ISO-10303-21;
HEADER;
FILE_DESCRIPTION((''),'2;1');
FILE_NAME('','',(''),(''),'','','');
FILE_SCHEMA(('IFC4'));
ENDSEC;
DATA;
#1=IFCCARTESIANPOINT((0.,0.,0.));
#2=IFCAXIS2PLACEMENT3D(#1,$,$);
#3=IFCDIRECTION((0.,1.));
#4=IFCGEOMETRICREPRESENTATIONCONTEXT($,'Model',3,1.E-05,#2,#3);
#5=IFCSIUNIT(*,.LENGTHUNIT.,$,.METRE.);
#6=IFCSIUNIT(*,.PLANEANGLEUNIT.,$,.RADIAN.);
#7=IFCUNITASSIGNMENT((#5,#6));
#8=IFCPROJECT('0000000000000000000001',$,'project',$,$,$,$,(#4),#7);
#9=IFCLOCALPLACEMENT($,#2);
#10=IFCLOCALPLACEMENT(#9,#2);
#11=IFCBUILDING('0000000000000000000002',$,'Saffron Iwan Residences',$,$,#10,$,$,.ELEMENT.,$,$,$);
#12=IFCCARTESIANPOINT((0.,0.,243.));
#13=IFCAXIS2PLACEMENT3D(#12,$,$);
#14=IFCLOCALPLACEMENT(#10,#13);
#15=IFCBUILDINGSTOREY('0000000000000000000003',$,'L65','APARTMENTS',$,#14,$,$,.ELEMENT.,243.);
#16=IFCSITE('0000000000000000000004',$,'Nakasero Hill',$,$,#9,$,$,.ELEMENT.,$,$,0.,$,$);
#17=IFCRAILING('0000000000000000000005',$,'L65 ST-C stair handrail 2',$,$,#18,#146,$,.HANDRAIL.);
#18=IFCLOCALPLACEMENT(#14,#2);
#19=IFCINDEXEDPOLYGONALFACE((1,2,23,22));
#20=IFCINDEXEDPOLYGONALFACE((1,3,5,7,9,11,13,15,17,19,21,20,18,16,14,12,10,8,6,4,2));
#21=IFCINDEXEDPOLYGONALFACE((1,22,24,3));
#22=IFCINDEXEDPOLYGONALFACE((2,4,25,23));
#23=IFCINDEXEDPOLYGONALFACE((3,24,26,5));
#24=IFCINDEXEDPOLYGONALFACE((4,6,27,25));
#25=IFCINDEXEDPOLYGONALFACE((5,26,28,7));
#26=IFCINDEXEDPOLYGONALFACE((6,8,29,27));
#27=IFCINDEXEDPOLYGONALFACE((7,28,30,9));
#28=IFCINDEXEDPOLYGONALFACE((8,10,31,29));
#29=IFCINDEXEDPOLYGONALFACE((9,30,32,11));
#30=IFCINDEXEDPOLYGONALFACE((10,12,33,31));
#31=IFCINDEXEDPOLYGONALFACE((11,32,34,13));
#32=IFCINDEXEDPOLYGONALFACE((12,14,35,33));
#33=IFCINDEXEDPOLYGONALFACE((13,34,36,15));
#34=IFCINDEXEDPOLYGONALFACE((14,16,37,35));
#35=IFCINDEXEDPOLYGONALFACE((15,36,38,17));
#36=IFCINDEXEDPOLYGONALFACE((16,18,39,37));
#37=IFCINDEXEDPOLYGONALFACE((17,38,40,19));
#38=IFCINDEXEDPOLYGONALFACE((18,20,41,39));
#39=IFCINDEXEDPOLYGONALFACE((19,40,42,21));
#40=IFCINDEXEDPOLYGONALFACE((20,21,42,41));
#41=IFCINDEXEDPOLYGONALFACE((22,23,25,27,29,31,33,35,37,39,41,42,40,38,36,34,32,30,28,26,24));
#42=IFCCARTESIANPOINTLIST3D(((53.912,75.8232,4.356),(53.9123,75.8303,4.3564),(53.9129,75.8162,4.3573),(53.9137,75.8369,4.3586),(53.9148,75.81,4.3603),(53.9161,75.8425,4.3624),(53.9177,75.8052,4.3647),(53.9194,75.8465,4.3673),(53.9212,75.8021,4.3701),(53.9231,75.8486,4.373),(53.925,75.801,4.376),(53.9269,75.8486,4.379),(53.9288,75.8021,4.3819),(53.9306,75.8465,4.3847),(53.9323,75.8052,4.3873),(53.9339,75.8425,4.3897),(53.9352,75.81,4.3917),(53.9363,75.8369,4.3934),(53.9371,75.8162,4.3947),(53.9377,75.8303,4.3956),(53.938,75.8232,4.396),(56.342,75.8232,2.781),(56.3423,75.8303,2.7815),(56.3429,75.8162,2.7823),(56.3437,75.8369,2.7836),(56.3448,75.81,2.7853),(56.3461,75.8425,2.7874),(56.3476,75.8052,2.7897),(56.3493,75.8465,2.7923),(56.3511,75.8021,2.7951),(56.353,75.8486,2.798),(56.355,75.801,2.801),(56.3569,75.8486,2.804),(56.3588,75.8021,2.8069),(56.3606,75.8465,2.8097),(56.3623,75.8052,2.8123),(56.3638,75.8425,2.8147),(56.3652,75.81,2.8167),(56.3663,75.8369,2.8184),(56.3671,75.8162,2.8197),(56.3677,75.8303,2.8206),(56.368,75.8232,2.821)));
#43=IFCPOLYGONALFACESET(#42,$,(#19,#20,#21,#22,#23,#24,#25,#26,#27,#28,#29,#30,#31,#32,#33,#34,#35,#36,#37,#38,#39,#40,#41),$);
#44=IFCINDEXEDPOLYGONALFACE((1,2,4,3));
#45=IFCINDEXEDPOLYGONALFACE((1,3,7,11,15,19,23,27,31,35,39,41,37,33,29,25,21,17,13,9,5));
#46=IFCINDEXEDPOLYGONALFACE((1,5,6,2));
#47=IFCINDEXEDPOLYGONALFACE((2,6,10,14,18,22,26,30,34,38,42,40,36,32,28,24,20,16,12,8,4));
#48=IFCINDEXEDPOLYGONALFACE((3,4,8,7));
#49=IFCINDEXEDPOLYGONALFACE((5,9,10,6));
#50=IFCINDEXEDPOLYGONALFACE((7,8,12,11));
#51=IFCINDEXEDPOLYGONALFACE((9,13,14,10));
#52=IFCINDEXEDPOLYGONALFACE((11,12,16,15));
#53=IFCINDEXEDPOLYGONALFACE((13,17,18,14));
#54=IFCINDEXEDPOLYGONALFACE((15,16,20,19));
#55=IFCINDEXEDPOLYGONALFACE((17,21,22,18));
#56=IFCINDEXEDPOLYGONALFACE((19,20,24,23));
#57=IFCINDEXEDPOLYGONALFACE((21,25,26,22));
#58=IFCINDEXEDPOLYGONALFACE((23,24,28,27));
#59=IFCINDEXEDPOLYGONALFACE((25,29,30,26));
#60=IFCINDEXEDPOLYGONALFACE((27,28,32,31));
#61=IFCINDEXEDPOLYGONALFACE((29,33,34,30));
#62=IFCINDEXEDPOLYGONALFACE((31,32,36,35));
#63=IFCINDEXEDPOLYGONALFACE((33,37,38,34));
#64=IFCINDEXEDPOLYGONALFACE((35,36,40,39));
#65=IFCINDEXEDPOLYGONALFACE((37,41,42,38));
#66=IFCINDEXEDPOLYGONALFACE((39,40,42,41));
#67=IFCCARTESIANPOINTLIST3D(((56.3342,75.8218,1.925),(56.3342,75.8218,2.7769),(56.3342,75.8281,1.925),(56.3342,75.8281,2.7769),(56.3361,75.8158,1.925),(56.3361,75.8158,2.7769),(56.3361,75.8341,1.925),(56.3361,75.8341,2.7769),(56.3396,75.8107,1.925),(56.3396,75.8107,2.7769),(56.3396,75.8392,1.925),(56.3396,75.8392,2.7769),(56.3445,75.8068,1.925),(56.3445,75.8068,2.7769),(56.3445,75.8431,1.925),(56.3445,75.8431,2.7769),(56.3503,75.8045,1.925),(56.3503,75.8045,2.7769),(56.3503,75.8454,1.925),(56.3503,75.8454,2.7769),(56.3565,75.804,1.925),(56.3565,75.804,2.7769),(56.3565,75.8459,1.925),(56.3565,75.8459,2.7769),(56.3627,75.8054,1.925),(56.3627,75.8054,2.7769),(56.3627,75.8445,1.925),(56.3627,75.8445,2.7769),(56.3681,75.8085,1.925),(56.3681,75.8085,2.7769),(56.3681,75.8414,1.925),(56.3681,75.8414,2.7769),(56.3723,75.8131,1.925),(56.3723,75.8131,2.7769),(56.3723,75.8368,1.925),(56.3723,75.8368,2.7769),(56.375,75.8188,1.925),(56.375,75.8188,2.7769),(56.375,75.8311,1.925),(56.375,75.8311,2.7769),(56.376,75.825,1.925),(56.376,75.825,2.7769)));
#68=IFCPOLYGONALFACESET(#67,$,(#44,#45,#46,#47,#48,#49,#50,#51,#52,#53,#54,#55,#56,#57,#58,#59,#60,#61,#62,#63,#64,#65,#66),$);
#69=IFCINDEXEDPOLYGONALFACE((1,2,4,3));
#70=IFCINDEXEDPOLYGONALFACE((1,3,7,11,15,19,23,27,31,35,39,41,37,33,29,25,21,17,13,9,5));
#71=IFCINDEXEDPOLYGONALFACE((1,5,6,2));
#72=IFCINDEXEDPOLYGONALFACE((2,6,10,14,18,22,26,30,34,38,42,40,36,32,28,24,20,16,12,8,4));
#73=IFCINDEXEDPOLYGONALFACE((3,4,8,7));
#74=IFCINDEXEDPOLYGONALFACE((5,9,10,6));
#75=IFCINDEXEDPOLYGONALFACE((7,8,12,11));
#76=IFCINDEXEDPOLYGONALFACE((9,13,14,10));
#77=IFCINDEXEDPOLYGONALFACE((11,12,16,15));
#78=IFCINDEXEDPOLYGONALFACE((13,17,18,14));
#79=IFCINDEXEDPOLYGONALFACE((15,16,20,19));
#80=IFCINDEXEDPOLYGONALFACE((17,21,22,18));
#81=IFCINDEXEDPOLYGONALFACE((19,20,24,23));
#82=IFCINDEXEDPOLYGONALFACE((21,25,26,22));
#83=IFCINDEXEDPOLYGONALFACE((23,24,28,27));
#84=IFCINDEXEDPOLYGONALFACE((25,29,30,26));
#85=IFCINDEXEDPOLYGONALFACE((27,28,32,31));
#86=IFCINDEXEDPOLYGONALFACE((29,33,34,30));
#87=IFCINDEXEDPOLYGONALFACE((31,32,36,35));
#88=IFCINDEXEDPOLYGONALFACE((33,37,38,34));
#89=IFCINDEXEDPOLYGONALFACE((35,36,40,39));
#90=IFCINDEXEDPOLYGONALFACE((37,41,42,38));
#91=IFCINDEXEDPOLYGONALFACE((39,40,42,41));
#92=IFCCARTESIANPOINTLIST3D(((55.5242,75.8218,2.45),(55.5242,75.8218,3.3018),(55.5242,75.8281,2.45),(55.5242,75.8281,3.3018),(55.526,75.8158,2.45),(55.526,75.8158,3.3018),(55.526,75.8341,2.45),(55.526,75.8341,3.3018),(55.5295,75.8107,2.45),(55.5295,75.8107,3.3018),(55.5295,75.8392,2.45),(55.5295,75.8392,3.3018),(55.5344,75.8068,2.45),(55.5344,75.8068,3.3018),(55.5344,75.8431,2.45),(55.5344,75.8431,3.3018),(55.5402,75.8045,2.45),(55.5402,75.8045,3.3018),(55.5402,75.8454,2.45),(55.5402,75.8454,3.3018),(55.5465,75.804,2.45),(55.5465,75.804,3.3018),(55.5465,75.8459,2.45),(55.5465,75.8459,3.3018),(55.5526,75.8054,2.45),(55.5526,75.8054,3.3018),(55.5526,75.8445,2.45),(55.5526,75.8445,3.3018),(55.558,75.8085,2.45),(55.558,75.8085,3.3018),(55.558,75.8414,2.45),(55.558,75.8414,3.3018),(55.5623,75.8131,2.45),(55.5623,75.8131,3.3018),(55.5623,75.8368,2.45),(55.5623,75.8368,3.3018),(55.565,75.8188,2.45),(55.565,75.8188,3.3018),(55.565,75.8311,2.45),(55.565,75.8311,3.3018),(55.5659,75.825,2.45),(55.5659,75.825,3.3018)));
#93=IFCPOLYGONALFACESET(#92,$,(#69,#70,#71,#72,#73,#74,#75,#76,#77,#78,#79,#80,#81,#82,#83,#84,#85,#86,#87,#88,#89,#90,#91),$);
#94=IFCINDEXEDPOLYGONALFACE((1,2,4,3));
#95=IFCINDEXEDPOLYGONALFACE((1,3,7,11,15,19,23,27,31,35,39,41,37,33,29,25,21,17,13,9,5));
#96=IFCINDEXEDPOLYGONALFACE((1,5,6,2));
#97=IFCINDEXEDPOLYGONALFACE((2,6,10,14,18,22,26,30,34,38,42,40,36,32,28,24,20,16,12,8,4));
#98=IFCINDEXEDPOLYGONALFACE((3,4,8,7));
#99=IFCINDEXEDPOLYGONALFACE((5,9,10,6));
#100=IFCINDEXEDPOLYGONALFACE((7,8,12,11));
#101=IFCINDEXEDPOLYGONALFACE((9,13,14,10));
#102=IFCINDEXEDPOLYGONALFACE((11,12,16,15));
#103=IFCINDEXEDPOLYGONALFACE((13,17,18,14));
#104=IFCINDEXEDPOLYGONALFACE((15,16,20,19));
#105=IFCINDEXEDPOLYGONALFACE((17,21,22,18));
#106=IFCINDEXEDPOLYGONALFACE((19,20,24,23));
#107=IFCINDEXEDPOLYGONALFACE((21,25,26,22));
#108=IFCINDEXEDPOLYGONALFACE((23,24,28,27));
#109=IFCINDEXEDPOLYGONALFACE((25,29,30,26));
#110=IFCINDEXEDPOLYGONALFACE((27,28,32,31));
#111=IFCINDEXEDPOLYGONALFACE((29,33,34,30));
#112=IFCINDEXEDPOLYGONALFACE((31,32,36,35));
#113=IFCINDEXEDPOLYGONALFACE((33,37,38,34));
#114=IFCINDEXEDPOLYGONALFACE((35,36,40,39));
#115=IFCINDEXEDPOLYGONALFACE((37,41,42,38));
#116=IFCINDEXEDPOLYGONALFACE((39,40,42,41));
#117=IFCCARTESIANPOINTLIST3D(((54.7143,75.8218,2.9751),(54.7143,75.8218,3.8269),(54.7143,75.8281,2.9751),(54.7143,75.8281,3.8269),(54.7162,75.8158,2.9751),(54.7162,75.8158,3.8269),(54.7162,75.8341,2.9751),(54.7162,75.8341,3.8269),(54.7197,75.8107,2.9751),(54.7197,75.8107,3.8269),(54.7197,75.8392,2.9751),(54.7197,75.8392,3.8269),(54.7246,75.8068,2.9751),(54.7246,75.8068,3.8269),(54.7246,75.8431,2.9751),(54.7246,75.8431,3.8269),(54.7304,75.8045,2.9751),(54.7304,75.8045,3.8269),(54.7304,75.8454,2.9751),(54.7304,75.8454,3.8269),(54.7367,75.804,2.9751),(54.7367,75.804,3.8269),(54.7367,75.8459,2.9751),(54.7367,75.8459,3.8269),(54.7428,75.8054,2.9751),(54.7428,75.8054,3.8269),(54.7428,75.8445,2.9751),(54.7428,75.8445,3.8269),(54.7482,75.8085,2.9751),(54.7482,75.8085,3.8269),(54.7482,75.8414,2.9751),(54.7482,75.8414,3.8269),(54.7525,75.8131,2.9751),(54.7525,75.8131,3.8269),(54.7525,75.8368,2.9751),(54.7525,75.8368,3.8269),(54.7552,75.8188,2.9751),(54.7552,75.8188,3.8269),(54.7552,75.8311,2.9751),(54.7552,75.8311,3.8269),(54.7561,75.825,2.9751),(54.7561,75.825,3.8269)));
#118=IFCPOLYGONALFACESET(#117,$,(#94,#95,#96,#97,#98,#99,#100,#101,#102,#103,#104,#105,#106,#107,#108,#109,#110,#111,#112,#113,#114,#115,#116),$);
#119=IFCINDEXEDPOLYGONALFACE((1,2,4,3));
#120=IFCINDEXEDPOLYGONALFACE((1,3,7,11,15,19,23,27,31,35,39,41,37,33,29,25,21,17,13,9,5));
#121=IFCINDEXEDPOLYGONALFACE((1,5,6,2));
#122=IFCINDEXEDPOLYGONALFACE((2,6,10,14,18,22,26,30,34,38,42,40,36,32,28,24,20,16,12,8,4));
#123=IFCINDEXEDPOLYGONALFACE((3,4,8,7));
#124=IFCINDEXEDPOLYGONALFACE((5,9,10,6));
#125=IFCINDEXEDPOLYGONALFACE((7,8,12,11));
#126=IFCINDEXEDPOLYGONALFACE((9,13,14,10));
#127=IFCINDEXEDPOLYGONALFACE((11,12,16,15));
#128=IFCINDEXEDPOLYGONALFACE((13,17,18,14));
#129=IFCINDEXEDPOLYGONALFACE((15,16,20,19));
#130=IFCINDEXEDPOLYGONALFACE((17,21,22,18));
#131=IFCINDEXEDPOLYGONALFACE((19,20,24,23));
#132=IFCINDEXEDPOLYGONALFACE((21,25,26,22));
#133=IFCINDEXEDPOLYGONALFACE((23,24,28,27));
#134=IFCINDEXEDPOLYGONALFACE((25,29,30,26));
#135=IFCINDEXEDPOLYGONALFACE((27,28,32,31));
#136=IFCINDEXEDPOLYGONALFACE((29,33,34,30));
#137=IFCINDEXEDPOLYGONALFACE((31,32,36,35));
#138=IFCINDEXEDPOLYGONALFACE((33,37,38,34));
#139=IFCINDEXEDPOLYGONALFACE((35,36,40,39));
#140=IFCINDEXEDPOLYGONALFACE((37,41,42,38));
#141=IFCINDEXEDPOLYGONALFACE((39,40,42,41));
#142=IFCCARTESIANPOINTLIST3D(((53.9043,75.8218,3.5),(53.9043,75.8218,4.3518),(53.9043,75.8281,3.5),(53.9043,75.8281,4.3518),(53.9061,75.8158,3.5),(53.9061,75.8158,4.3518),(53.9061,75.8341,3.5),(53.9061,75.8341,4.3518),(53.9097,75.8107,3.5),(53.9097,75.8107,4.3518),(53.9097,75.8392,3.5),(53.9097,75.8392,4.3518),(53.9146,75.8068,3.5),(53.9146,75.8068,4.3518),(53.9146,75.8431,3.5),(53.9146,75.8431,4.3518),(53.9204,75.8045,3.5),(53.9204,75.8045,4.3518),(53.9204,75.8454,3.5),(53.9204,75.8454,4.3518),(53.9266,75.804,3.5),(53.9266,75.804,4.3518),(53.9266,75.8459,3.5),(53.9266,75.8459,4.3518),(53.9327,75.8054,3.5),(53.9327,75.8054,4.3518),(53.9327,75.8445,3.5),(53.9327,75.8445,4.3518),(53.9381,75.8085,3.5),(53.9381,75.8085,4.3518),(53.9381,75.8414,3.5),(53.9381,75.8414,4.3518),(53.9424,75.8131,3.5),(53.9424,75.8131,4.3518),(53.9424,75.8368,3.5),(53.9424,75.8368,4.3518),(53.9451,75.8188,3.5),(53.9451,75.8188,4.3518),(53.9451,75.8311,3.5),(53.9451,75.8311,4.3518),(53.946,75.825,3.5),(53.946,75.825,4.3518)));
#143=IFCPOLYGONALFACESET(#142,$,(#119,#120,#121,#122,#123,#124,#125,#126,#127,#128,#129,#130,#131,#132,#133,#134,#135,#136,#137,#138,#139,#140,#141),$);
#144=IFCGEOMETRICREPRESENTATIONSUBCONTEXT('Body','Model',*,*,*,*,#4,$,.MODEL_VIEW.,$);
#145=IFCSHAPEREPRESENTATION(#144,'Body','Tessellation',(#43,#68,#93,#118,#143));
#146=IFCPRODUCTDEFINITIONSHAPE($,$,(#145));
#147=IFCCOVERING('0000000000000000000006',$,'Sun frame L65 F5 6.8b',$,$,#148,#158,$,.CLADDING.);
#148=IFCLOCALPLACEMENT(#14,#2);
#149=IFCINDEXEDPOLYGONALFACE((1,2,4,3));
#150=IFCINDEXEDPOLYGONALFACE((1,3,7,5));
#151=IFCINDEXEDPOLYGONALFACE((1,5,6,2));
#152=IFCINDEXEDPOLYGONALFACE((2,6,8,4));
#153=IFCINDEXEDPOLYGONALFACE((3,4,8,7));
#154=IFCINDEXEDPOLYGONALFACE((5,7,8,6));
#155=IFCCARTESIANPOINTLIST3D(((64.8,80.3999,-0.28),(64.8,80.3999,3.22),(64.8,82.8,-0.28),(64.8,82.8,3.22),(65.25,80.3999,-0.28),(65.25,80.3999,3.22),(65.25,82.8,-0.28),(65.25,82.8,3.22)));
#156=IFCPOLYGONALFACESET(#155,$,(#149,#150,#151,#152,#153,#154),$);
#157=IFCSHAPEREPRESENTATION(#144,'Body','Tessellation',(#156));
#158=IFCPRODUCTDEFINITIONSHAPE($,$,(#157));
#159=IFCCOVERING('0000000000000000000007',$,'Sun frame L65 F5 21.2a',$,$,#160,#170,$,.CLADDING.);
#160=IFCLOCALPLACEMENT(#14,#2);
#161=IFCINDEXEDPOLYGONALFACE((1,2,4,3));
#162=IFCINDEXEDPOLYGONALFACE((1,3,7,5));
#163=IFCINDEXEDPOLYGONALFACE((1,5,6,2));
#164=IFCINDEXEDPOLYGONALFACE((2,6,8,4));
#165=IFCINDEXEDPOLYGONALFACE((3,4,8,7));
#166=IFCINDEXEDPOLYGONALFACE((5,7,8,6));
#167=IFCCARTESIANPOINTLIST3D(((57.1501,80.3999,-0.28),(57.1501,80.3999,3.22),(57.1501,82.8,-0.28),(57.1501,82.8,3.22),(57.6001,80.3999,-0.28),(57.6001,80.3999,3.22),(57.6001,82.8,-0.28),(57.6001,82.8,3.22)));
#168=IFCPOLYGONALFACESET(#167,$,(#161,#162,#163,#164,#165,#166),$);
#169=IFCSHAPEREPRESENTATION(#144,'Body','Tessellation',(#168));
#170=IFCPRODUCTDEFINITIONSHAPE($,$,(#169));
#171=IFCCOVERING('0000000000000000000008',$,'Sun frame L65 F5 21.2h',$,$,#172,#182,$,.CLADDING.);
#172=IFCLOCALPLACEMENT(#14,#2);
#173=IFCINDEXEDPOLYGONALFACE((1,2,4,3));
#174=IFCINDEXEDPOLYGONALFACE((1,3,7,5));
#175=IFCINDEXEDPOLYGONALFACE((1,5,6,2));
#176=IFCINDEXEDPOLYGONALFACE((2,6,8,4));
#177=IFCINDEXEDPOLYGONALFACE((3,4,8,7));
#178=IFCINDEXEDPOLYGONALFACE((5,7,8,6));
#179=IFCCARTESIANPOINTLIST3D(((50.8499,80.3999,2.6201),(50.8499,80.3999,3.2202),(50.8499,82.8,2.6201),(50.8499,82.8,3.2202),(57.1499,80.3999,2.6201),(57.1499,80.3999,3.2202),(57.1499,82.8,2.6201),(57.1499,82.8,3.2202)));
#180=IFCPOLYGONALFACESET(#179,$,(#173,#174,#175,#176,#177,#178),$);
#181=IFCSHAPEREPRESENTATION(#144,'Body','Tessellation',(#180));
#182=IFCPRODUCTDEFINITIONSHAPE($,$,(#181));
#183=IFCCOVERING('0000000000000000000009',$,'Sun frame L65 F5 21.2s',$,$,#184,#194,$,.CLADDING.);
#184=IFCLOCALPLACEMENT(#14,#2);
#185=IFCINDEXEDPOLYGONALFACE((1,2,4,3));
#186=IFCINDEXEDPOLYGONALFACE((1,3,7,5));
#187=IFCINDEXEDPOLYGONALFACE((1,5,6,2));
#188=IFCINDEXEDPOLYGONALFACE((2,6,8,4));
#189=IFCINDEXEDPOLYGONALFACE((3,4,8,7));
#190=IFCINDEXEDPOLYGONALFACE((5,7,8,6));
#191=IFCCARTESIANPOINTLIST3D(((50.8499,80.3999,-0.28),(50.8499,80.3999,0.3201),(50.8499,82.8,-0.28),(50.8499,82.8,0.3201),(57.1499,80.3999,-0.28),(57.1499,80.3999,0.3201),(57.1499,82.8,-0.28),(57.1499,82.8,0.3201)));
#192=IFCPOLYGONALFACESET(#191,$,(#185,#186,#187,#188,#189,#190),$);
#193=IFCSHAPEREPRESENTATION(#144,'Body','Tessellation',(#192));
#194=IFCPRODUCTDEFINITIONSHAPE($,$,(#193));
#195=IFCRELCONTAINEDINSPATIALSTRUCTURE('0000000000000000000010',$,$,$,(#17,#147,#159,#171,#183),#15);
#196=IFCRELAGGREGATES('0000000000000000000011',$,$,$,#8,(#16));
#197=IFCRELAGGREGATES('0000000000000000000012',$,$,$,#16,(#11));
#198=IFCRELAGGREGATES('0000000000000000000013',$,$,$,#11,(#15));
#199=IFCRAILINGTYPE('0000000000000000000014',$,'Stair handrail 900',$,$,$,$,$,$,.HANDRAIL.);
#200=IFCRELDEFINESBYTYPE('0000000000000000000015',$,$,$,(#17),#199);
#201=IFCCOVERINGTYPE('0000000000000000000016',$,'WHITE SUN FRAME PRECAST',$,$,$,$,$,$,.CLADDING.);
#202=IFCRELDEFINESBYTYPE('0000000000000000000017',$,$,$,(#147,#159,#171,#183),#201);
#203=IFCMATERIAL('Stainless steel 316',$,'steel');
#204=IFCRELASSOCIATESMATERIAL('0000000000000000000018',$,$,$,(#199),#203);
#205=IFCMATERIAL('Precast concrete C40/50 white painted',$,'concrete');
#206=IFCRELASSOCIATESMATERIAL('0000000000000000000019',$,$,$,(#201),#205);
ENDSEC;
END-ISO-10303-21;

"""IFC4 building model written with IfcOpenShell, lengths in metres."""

from ifc_helpers import new_model, si_unit, direction, frame, origin, origin_2d, place, context, subcontext, project, spatial, polyline, circle, outline, extrude, material, type_object, element, save


model = new_model("IFC4")

# Units and contexts
model_context = context("Model", 3, precision=1e-05, world=origin(), true_north=direction((0.0, 1.0)))
body_context = subcontext(model_context, "Body", "Model", "MODEL_VIEW")
ifc_project = project(units=[si_unit("LENGTHUNIT", "METRE"), si_unit("PLANEANGLEUNIT", "RADIAN")], contexts=[model_context])

# Site, building, storey
site_placement = place(None, origin())
site = spatial("IfcSite", under=ifc_project, at=site_placement, Name="Nakasero Hill", CompositionType="ELEMENT", RefElevation=0.0)
building_placement = place(site_placement, origin())
building = spatial("IfcBuilding", under=site, at=building_placement, Name="Saffron Iwan Residences", CompositionType="ELEMENT")
storey_placement = place(building_placement, frame((0.0, 0.0, 243.0)))
storey = spatial("IfcBuildingStorey", under=building, at=storey_placement, Name="L65", Description="APARTMENTS", CompositionType="ELEMENT", Elevation=243.0)

# Railing
ifc_material_1 = material(Name="Stainless steel 316", Category="steel")
railing_type = type_object("IfcRailingType", Name="Stair handrail 900", PredefinedType="HANDRAIL", material=ifc_material_1)
railing_placement = place(storey_placement, frame((56.355, 75.825, 1.925)))
element("IfcRailing", 1, at=railing_placement, inside=storey, type_object=railing_type, Name="L65 ST-C stair handrail 2", PredefinedType="HANDRAIL", context=body_context, shape_type="SweptSolid", body=[
    extrude(circle(Radius=0.0239, at=origin_2d()), frame((0.0, 0.0, 0.876), z_axis=(-0.839154, 0.0, 0.543894), x_axis=(0.0, -1.0, 0.0)), (0.0, 0.0, 1.0), 2.8958),
    extrude(circle(Radius=0.021, at=origin_2d()), origin(), (0.0, 0.0, 1.0), 0.8518),
    extrude(circle(Radius=0.021, at=origin_2d()), frame((-0.8101, 0.0, 0.5249)), (0.0, 0.0, 1.0), 0.8518),
    extrude(circle(Radius=0.021, at=origin_2d()), frame((-1.6199, 0.0, 1.05)), (0.0, 0.0, 1.0), 0.8518),
    extrude(circle(Radius=0.021, at=origin_2d()), frame((-2.4299, 0.0, 1.575)), (0.0, 0.0, 1.0), 0.8518),
])

# Coverings
ifc_material_2 = material(Name="Precast concrete C40/50 white painted", Category="concrete")
covering_type_1 = type_object("IfcCoveringType", Name="WHITE SUN FRAME PRECAST", PredefinedType="CLADDING", material=ifc_material_2)
for number, where, z_axis, x_axis, name in (
    (2, (65.25, 80.3999, -0.28), (0.0, 1.0, 0.0), (-1.0, 0.0, 0.0), "Sun frame L65 F5 6.8b"),
    (3, (57.6001, 80.3999, -0.28), (0.0, 1.0, 0.0), (-1.0, 0.0, 0.0), "Sun frame L65 F5 21.2a"),
):
    element("IfcCovering", number, at=place(storey_placement, frame(where, z_axis=z_axis, x_axis=x_axis)), inside=storey, type_object=covering_type_1, Name=name, PredefinedType="CLADDING", context=body_context, shape_type="SweptSolid", body=[
        extrude(outline(polyline([(0.0, 0.0), (0.45, 0.0), (0.45, 3.5), (0.0, 3.5), (0.0, 0.0)])), origin(), (0.0, 0.0, 1.0), 2.4001),
    ])
for number, where, z_axis, x_axis, name in (
    (4, (57.1499, 80.3999, 2.6201), (0.0, 1.0, 0.0), (-1.0, 0.0, 0.0), "Sun frame L65 F5 21.2h"),
    (5, (57.1499, 80.3999, -0.28), (0.0, 1.0, 0.0), (-1.0, 0.0, 0.0), "Sun frame L65 F5 21.2s"),
):
    element("IfcCovering", number, at=place(storey_placement, frame(where, z_axis=z_axis, x_axis=x_axis)), inside=storey, type_object=covering_type_1, Name=name, PredefinedType="CLADDING", context=body_context, shape_type="SweptSolid", body=[
        extrude(outline(polyline([(0.0, 0.0), (6.3, 0.0), (6.3, 0.6001), (0.0, 0.6001), (0.0, 0.0)])), origin(), (0.0, 0.0, 1.0), 2.4001),
    ])

save(model, "model.ifc")
